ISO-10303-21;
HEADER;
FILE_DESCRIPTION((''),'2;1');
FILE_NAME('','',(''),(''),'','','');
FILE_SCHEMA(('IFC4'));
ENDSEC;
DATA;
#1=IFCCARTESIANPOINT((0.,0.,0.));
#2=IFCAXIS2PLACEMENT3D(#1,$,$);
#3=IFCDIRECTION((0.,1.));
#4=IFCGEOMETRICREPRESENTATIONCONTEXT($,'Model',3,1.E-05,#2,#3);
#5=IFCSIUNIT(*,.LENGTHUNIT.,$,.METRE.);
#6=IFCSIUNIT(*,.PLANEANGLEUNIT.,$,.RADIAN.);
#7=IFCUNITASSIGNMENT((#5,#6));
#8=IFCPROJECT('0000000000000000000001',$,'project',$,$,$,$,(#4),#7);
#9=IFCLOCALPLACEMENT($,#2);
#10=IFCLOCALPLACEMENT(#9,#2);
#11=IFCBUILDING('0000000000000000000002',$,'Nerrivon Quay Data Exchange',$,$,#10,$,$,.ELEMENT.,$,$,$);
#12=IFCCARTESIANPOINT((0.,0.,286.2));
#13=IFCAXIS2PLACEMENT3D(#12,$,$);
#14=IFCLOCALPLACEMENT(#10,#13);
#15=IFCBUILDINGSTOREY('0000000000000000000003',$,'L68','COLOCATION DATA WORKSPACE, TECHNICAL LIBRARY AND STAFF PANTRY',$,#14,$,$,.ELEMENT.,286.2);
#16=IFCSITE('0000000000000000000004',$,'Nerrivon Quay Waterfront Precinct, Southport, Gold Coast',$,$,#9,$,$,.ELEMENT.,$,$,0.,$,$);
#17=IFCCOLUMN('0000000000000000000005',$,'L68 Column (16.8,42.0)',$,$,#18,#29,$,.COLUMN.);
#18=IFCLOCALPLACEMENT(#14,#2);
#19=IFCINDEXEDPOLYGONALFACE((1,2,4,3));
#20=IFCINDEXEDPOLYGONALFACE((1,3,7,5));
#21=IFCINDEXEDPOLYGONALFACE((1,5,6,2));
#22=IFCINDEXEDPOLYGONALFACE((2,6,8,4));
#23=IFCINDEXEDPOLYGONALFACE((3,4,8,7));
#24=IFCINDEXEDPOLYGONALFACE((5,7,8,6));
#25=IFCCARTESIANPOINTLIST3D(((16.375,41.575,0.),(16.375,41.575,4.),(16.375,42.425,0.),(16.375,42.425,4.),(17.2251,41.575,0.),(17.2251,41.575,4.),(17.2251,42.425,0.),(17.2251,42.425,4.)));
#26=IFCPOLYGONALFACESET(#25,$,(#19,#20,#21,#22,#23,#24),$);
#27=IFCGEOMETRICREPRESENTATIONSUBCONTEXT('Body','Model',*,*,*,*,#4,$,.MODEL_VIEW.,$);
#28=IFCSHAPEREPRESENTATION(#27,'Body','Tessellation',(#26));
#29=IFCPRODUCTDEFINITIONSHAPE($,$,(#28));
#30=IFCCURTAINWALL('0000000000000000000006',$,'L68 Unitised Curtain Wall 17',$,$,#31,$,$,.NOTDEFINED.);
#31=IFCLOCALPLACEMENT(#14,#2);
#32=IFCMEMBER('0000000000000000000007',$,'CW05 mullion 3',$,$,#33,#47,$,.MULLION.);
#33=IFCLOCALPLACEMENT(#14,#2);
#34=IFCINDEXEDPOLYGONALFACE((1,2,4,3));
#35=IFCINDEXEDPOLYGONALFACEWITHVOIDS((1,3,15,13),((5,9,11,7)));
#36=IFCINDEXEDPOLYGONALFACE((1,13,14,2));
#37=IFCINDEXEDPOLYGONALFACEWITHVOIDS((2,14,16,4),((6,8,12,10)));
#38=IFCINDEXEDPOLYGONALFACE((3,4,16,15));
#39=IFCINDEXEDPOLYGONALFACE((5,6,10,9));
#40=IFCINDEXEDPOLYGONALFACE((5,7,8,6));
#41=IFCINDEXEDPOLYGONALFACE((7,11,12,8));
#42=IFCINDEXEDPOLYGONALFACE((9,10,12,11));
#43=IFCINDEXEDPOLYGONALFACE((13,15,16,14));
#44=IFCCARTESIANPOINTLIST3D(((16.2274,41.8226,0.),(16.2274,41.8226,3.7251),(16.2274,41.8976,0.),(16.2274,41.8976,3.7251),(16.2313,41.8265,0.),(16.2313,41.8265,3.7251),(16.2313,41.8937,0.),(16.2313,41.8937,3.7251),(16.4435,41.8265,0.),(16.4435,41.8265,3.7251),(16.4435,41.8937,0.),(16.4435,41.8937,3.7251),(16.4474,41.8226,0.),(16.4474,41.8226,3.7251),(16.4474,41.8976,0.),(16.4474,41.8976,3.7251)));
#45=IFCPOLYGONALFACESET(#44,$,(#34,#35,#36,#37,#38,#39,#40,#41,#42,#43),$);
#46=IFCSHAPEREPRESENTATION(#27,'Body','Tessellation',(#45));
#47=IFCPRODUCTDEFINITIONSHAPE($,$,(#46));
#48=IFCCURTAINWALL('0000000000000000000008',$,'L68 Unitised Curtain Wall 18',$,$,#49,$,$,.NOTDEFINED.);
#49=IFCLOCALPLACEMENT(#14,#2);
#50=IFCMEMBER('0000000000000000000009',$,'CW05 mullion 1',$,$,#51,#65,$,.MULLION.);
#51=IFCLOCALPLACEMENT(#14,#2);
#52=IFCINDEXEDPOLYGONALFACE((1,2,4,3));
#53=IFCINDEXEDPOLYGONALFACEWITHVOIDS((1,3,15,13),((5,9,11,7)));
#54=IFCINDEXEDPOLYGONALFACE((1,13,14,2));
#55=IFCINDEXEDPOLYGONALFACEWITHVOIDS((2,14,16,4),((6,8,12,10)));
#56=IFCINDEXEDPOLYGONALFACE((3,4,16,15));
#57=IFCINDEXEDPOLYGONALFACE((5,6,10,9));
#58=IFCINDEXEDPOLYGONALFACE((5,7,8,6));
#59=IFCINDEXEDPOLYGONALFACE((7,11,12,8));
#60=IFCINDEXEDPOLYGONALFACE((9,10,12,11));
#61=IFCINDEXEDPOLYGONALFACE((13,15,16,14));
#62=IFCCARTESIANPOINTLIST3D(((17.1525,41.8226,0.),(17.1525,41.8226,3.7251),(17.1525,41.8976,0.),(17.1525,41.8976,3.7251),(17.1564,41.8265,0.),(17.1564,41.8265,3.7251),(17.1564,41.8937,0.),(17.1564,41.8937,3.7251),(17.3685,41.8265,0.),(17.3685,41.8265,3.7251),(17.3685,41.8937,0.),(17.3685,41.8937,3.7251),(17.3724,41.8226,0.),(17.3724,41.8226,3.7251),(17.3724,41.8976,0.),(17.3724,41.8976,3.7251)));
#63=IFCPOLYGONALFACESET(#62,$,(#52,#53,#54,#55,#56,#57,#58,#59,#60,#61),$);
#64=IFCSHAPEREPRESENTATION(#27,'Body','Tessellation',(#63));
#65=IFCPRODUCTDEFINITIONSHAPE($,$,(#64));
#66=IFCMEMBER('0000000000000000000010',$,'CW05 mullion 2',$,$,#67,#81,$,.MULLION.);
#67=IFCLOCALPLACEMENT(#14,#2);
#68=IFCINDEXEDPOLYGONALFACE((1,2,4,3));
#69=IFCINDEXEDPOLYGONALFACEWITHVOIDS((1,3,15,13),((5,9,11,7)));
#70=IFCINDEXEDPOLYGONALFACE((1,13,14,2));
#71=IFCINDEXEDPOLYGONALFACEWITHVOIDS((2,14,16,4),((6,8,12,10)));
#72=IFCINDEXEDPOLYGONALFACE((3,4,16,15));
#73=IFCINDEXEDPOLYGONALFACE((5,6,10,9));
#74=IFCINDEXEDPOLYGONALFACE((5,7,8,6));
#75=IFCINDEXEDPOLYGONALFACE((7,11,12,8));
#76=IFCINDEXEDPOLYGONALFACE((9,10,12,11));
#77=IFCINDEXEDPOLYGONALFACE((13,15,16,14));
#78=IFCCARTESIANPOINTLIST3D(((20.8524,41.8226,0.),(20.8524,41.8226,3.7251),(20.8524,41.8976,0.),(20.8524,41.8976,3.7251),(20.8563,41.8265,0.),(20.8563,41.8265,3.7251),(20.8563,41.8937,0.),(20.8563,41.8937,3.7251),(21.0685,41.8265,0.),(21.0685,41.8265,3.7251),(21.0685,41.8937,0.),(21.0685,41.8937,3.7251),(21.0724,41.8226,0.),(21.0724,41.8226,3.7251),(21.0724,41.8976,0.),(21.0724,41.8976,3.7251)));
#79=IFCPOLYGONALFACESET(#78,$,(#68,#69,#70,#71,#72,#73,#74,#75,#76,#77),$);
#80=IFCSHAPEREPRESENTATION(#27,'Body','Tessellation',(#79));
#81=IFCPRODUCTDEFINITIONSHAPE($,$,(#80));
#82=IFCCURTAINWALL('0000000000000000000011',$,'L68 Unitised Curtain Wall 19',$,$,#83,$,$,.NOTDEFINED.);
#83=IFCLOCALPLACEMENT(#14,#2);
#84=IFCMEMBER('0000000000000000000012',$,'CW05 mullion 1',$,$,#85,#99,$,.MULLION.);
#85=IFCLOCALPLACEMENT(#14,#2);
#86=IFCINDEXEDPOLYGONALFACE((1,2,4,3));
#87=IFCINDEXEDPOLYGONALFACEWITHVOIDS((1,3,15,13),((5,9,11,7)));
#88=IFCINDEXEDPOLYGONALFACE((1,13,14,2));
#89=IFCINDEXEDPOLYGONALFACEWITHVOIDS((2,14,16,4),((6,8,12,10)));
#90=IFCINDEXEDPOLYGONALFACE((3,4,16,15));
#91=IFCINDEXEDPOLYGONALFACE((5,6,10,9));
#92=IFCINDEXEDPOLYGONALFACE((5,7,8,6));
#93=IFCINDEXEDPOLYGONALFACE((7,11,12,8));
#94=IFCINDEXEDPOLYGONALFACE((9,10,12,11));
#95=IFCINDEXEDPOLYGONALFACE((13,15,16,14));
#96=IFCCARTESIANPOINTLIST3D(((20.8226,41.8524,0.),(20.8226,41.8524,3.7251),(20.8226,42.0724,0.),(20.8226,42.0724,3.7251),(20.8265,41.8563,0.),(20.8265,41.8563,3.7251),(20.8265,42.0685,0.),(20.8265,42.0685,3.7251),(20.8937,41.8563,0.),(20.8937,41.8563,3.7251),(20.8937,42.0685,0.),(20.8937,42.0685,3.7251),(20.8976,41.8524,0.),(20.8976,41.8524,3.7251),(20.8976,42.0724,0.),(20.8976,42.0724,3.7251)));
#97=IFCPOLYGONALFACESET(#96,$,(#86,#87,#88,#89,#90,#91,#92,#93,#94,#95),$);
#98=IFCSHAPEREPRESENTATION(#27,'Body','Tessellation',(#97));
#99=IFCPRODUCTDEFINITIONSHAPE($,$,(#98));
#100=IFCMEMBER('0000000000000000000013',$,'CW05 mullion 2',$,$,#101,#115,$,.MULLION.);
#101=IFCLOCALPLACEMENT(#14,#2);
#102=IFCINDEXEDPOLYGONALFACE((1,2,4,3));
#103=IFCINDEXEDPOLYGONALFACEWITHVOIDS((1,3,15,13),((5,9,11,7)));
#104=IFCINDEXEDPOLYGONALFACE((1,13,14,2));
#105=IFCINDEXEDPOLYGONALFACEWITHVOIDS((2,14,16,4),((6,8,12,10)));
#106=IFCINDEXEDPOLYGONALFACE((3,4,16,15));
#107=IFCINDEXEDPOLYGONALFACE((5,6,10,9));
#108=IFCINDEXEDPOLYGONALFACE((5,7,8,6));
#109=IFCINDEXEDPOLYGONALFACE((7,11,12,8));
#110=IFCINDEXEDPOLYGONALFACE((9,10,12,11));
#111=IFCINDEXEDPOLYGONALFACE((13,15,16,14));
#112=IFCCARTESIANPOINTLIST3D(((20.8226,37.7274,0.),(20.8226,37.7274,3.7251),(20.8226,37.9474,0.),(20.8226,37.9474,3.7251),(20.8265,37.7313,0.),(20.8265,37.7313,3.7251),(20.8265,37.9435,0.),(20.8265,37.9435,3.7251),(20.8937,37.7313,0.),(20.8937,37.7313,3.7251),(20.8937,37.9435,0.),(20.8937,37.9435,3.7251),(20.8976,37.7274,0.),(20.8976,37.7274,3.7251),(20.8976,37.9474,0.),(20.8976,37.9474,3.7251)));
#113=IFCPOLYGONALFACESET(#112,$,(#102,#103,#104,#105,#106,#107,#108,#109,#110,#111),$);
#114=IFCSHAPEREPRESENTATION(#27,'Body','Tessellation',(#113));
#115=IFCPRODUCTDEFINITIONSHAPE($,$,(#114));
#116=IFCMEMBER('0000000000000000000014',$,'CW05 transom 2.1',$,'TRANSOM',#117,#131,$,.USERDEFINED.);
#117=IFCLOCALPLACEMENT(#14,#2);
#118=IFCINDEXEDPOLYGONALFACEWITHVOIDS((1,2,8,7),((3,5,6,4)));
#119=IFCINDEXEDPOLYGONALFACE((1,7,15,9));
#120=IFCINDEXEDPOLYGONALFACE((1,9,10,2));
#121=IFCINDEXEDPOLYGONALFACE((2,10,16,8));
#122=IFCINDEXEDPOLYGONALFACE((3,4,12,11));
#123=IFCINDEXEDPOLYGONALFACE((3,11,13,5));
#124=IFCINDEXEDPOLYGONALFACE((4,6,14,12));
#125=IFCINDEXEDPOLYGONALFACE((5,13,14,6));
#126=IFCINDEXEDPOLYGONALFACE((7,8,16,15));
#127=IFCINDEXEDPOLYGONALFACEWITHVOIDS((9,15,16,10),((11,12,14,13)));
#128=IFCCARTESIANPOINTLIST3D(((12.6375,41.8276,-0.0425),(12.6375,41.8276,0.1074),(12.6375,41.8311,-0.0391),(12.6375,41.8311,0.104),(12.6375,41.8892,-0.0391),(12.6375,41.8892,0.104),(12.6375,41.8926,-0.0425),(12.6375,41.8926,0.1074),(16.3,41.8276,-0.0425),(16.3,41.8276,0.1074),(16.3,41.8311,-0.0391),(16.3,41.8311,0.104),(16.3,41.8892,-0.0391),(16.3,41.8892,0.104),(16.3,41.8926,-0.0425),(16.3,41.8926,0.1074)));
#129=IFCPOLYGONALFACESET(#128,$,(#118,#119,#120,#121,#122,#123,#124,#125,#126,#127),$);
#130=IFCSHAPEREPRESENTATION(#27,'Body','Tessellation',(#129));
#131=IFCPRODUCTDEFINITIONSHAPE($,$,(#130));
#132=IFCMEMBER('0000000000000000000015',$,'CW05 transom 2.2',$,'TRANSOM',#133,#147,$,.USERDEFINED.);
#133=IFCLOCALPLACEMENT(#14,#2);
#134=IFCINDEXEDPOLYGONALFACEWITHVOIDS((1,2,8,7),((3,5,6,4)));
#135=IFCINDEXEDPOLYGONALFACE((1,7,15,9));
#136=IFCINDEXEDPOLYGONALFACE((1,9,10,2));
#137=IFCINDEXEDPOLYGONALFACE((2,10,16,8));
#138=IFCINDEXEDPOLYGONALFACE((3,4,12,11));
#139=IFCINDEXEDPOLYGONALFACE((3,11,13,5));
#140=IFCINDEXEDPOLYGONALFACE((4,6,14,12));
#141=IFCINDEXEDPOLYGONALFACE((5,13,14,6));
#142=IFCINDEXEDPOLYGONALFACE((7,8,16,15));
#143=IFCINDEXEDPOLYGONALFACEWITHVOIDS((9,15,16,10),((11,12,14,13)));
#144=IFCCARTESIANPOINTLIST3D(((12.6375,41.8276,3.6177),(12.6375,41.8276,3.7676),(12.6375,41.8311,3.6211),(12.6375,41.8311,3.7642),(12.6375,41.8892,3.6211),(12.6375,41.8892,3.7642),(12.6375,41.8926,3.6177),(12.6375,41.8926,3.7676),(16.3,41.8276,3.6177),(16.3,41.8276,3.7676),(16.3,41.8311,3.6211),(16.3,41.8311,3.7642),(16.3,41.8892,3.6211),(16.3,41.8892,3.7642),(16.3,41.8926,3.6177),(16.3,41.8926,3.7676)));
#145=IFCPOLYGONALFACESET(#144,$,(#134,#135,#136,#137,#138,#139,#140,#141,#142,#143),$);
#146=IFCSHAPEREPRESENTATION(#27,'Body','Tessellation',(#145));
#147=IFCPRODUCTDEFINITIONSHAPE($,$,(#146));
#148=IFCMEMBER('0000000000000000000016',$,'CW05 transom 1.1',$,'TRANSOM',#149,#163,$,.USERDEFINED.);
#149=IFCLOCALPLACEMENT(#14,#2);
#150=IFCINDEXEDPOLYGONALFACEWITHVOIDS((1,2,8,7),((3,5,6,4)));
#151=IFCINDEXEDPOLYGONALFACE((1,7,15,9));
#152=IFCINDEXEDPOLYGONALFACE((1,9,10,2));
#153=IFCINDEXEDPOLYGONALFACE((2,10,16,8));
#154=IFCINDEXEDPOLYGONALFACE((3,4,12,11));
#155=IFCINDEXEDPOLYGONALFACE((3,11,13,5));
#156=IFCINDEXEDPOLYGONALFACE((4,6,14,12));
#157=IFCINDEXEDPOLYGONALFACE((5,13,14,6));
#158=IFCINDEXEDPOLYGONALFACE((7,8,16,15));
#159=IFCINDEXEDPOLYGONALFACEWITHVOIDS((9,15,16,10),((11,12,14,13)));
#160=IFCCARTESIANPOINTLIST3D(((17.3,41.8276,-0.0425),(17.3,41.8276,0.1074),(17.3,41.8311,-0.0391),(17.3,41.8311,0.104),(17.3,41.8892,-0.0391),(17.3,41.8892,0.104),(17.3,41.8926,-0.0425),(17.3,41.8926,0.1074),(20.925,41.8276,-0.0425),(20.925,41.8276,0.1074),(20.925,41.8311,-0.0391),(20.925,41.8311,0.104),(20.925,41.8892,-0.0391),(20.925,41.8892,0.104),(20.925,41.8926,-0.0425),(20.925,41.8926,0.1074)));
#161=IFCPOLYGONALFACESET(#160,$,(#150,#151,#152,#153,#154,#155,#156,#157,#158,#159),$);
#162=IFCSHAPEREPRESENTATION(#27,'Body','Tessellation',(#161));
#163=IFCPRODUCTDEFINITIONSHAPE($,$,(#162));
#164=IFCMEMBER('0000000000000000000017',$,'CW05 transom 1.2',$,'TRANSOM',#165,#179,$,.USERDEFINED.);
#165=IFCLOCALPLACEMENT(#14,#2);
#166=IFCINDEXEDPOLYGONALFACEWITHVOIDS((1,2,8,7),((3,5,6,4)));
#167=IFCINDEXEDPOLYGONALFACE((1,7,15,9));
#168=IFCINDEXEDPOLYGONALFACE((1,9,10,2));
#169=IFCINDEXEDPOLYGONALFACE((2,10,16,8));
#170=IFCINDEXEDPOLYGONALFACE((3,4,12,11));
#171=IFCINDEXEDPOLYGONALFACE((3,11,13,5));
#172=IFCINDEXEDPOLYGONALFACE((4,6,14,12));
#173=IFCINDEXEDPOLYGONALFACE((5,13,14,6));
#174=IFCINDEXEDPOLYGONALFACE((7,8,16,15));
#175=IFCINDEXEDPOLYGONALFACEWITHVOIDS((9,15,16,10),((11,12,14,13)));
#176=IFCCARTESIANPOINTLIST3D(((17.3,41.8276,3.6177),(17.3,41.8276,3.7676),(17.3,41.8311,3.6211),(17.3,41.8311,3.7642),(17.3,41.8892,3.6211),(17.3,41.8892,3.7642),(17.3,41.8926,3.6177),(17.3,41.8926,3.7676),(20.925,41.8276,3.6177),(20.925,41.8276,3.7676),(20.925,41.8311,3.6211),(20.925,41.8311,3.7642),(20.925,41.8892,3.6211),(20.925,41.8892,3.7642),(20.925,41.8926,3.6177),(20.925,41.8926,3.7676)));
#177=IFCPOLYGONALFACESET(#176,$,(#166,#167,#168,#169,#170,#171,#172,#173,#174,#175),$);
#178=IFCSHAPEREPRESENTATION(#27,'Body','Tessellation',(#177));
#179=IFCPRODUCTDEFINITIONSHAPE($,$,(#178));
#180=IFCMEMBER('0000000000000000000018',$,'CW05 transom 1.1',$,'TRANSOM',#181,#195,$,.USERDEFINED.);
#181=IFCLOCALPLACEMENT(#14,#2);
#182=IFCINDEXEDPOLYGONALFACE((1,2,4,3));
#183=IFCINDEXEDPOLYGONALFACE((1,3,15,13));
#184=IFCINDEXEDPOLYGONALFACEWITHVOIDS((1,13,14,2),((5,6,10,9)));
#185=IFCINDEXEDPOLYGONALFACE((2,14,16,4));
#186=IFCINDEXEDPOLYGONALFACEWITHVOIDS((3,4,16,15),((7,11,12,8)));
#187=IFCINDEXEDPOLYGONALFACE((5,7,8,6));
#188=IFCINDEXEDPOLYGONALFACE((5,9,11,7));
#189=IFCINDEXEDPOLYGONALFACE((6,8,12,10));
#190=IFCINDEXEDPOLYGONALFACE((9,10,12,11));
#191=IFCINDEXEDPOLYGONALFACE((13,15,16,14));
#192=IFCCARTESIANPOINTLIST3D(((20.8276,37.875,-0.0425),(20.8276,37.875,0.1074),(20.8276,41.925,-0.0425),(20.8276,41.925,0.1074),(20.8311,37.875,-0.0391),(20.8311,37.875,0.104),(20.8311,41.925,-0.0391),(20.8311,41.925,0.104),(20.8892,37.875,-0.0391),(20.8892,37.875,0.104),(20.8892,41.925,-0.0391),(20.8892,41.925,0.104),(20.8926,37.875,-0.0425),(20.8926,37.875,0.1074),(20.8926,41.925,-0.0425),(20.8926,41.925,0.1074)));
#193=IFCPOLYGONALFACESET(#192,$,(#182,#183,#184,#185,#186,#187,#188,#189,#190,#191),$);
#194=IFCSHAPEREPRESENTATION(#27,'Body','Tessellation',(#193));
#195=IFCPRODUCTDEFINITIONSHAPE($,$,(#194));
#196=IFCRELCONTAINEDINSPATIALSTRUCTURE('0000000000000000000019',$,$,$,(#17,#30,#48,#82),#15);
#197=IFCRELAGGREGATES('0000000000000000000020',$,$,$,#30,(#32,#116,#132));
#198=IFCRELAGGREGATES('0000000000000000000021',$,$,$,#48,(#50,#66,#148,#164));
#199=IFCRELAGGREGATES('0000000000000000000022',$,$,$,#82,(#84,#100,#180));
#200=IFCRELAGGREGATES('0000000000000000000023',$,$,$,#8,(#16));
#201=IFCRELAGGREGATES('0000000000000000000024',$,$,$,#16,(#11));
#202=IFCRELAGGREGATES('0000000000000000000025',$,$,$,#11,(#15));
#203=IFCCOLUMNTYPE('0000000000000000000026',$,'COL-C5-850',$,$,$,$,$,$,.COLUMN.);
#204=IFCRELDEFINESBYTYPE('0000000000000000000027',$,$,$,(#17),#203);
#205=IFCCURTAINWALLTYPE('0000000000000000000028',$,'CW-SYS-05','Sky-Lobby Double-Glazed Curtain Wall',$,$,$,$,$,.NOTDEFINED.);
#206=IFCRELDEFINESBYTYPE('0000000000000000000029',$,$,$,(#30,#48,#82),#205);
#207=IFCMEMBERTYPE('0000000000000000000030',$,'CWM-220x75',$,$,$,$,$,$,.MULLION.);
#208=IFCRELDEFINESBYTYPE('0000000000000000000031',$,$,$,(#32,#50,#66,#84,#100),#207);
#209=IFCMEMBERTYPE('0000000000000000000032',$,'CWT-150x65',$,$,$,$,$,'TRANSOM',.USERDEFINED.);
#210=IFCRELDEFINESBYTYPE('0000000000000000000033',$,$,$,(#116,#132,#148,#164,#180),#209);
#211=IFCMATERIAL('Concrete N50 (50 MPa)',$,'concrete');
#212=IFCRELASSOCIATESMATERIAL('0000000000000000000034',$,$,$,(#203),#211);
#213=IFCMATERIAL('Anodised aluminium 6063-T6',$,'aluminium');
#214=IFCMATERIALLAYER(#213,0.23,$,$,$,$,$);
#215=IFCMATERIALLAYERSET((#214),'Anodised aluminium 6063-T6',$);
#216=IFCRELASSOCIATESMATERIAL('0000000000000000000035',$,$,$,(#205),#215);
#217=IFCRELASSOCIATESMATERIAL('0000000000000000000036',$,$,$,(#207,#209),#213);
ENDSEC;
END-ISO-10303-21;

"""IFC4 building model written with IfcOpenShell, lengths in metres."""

from ifc_helpers import new_model, si_unit, direction, frame, origin, origin_2d, place, context, subcontext, project, spatial, rectangle, hollow_rectangle, extrude, material, layer, layer_set, material_profile, profile_set, type_object, element, aggregate, save


model = new_model("IFC4")

# Units and contexts
model_context = context("Model", 3, precision=1e-05, world=origin(), true_north=direction((0.0, 1.0)))
body_context = subcontext(model_context, "Body", "Model", "MODEL_VIEW")
ifc_project = project(units=[si_unit("LENGTHUNIT", "METRE"), si_unit("PLANEANGLEUNIT", "RADIAN")], contexts=[model_context])

# Site, building, storey
site_placement = place(None, origin())
site = spatial("IfcSite", under=ifc_project, at=site_placement, Name="Nerrivon Quay Waterfront Precinct, Southport, Gold Coast", CompositionType="ELEMENT", RefElevation=0.0)
building_placement = place(site_placement, origin())
building = spatial("IfcBuilding", under=site, at=building_placement, Name="Nerrivon Quay Data Exchange", CompositionType="ELEMENT")
storey_placement = place(building_placement, frame((0.0, 0.0, 286.2)))
storey = spatial("IfcBuildingStorey", under=building, at=storey_placement, Name="L68", Description="COLOCATION DATA WORKSPACE, TECHNICAL LIBRARY AND STAFF PANTRY", CompositionType="ELEMENT", Elevation=286.2)

# Column
ifc_material_1 = material(Name="Concrete N50 (50 MPa)", Category="concrete")
ifc_material_profile_1 = material_profile(ifc_material_1, rectangle(XDim=0.8501, YDim=0.8501, at=origin_2d()), Name="RC-COL-850x850")
ifc_profile_set_1 = profile_set([ifc_material_profile_1], Name="Concrete N50 (50 MPa)")
column_type = type_object("IfcColumnType", Name="COL-C5-850", PredefinedType="COLUMN", material=ifc_profile_set_1)
column_placement = place(storey_placement, frame((16.8, 42.0, 0.0), z_axis=(0.0, 0.0, 1.0), x_axis=(1.0, 0.0, 0.0)))
element("IfcColumn", 1, at=column_placement, inside=storey, type_object=column_type, Name="L68 Column (16.8,42.0)", PredefinedType="COLUMN", context=body_context, shape_type="SweptSolid", body=[
    extrude(rectangle(XDim=0.8501, YDim=0.8501, at=origin_2d()), origin(), (0.0, 0.0, 1.0), 4.0),
])

# Curtain wall, member
ifc_material_2 = material(Name="Anodised aluminium 6063-T6", Category="aluminium")
ifc_layer_1 = layer(ifc_material_2, 0.23)
ifc_layer_set_1 = layer_set([ifc_layer_1], Name="Anodised aluminium 6063-T6")
curtain_wall_type = type_object("IfcCurtainWallType", Name="CW-SYS-05", Description="Sky-Lobby Double-Glazed Curtain Wall", PredefinedType="NOTDEFINED", material=ifc_layer_set_1)
curtain_wall_1_placement = place(storey_placement, origin())
curtain_wall_1 = element("IfcCurtainWall", 2, at=curtain_wall_1_placement, inside=storey, type_object=curtain_wall_type, Name="L68 Unitised Curtain Wall 17", PredefinedType="NOTDEFINED")
ifc_material_profile_2 = material_profile(ifc_material_2, hollow_rectangle(XDim=0.075, YDim=0.22, WallThickness=0.0039, at=origin_2d()), Name="ALU-MULL-220x75")
ifc_profile_set_2 = profile_set([ifc_material_profile_2], Name="Anodised aluminium 6063-T6")
member_type_1 = type_object("IfcMemberType", Name="CWM-220x75", PredefinedType="MULLION", material=ifc_profile_set_2)
member_1_placement = place(storey_placement, frame((16.3374, 41.8601, 0.0), z_axis=(0.0, 0.0, 1.0), x_axis=(0.0, 1.0, 0.0)))
member_1 = element("IfcMember", 3, at=member_1_placement, type_object=member_type_1, Name="CW05 mullion 3", PredefinedType="MULLION", context=body_context, shape_type="SweptSolid", body=[
    extrude(hollow_rectangle(XDim=0.075, YDim=0.22, WallThickness=0.0039, at=origin_2d()), origin(), (0.0, 0.0, 1.0), 3.7251),
])

# Curtain walls, members
curtain_wall_2_placement = place(storey_placement, origin())
curtain_wall_2 = element("IfcCurtainWall", 4, at=curtain_wall_2_placement, inside=storey, type_object=curtain_wall_type, Name="L68 Unitised Curtain Wall 18", PredefinedType="NOTDEFINED")
member_2_placement = place(storey_placement, frame((17.2625, 41.8601, 0.0), z_axis=(0.0, 0.0, 1.0), x_axis=(0.0, 1.0, 0.0)))
member_2 = element("IfcMember", 5, at=member_2_placement, type_object=member_type_1, Name="CW05 mullion 1", PredefinedType="MULLION", context=body_context, shape_type="SweptSolid", body=[
    extrude(hollow_rectangle(XDim=0.075, YDim=0.22, WallThickness=0.0039, at=origin_2d()), origin(), (0.0, 0.0, 1.0), 3.7251),
])
member_3_placement = place(storey_placement, frame((20.9624, 41.8601, 0.0), z_axis=(0.0, 0.0, 1.0), x_axis=(0.0, 1.0, 0.0)))
member_3 = element("IfcMember", 6, at=member_3_placement, type_object=member_type_1, Name="CW05 mullion 2", PredefinedType="MULLION", context=body_context, shape_type="SweptSolid", body=[
    extrude(hollow_rectangle(XDim=0.075, YDim=0.22, WallThickness=0.0039, at=origin_2d()), origin(), (0.0, 0.0, 1.0), 3.7251),
])
curtain_wall_3_placement = place(storey_placement, origin())
curtain_wall_3 = element("IfcCurtainWall", 7, at=curtain_wall_3_placement, inside=storey, type_object=curtain_wall_type, Name="L68 Unitised Curtain Wall 19", PredefinedType="NOTDEFINED")
member_4_placement = place(storey_placement, frame((20.8601, 41.9624, 0.0), z_axis=(0.0, 0.0, 1.0), x_axis=(1.0, 0.0, 0.0)))
member_4 = element("IfcMember", 8, at=member_4_placement, type_object=member_type_1, Name="CW05 mullion 1", PredefinedType="MULLION", context=body_context, shape_type="SweptSolid", body=[
    extrude(hollow_rectangle(XDim=0.075, YDim=0.22, WallThickness=0.0039, at=origin_2d()), origin(), (0.0, 0.0, 1.0), 3.7251),
])
member_5_placement = place(storey_placement, frame((20.8601, 37.8374, 0.0), z_axis=(0.0, 0.0, 1.0), x_axis=(1.0, 0.0, 0.0)))
member_5 = element("IfcMember", 9, at=member_5_placement, type_object=member_type_1, Name="CW05 mullion 2", PredefinedType="MULLION", context=body_context, shape_type="SweptSolid", body=[
    extrude(hollow_rectangle(XDim=0.075, YDim=0.22, WallThickness=0.0039, at=origin_2d()), origin(), (0.0, 0.0, 1.0), 3.7251),
])

# Members
ifc_material_profile_3 = material_profile(ifc_material_2, hollow_rectangle(XDim=0.0649, YDim=0.1499, WallThickness=0.0034, at=origin_2d()), Name="ALU-TRAN-150x65")
ifc_profile_set_3 = profile_set([ifc_material_profile_3], Name="Anodised aluminium 6063-T6")
member_type_2 = type_object("IfcMemberType", Name="CWT-150x65", ElementType="TRANSOM", PredefinedType="USERDEFINED", material=ifc_profile_set_3)
member_6_placement = place(storey_placement, frame((12.6375, 41.8601, 0.0325), z_axis=(1.0, 0.0, 0.0), x_axis=(0.0, 1.0, 0.0)))
member_6 = element("IfcMember", 10, at=member_6_placement, type_object=member_type_2, Name="CW05 transom 2.1", ObjectType="TRANSOM", PredefinedType="USERDEFINED", context=body_context, shape_type="SweptSolid", body=[
    extrude(hollow_rectangle(XDim=0.0649, YDim=0.1499, WallThickness=0.0034, at=origin_2d()), origin(), (0.0, 0.0, 1.0), 3.6626),
])
member_7_placement = place(storey_placement, frame((12.6375, 41.8601, 3.6926), z_axis=(1.0, 0.0, 0.0), x_axis=(0.0, 1.0, 0.0)))
member_7 = element("IfcMember", 11, at=member_7_placement, type_object=member_type_2, Name="CW05 transom 2.2", ObjectType="TRANSOM", PredefinedType="USERDEFINED", context=body_context, shape_type="SweptSolid", body=[
    extrude(hollow_rectangle(XDim=0.0649, YDim=0.1499, WallThickness=0.0034, at=origin_2d()), origin(), (0.0, 0.0, 1.0), 3.6626),
])
member_8_placement = place(storey_placement, frame((17.3, 41.8601, 0.0325), z_axis=(1.0, 0.0, 0.0), x_axis=(0.0, 1.0, 0.0)))
member_8 = element("IfcMember", 12, at=member_8_placement, type_object=member_type_2, Name="CW05 transom 1.1", ObjectType="TRANSOM", PredefinedType="USERDEFINED", context=body_context, shape_type="SweptSolid", body=[
    extrude(hollow_rectangle(XDim=0.0649, YDim=0.1499, WallThickness=0.0034, at=origin_2d()), origin(), (0.0, 0.0, 1.0), 3.625),
])
member_9_placement = place(storey_placement, frame((17.3, 41.8601, 3.6926), z_axis=(1.0, 0.0, 0.0), x_axis=(0.0, 1.0, 0.0)))
member_9 = element("IfcMember", 13, at=member_9_placement, type_object=member_type_2, Name="CW05 transom 1.2", ObjectType="TRANSOM", PredefinedType="USERDEFINED", context=body_context, shape_type="SweptSolid", body=[
    extrude(hollow_rectangle(XDim=0.0649, YDim=0.1499, WallThickness=0.0034, at=origin_2d()), origin(), (0.0, 0.0, 1.0), 3.625),
])
member_10_placement = place(storey_placement, frame((20.8601, 41.925, 0.0325), z_axis=(0.0, -1.0, 0.0), x_axis=(1.0, 0.0, 0.0)))
member_10 = element("IfcMember", 14, at=member_10_placement, type_object=member_type_2, Name="CW05 transom 1.1", ObjectType="TRANSOM", PredefinedType="USERDEFINED", context=body_context, shape_type="SweptSolid", body=[
    extrude(hollow_rectangle(XDim=0.0649, YDim=0.1499, WallThickness=0.0034, at=origin_2d()), origin(), (0.0, 0.0, 1.0), 4.05),
])

aggregate(curtain_wall_1, [member_1, member_6, member_7])
aggregate(curtain_wall_2, [member_2, member_3, member_8, member_9])
aggregate(curtain_wall_3, [member_4, member_5, member_10])

save(model, "model.ifc")
